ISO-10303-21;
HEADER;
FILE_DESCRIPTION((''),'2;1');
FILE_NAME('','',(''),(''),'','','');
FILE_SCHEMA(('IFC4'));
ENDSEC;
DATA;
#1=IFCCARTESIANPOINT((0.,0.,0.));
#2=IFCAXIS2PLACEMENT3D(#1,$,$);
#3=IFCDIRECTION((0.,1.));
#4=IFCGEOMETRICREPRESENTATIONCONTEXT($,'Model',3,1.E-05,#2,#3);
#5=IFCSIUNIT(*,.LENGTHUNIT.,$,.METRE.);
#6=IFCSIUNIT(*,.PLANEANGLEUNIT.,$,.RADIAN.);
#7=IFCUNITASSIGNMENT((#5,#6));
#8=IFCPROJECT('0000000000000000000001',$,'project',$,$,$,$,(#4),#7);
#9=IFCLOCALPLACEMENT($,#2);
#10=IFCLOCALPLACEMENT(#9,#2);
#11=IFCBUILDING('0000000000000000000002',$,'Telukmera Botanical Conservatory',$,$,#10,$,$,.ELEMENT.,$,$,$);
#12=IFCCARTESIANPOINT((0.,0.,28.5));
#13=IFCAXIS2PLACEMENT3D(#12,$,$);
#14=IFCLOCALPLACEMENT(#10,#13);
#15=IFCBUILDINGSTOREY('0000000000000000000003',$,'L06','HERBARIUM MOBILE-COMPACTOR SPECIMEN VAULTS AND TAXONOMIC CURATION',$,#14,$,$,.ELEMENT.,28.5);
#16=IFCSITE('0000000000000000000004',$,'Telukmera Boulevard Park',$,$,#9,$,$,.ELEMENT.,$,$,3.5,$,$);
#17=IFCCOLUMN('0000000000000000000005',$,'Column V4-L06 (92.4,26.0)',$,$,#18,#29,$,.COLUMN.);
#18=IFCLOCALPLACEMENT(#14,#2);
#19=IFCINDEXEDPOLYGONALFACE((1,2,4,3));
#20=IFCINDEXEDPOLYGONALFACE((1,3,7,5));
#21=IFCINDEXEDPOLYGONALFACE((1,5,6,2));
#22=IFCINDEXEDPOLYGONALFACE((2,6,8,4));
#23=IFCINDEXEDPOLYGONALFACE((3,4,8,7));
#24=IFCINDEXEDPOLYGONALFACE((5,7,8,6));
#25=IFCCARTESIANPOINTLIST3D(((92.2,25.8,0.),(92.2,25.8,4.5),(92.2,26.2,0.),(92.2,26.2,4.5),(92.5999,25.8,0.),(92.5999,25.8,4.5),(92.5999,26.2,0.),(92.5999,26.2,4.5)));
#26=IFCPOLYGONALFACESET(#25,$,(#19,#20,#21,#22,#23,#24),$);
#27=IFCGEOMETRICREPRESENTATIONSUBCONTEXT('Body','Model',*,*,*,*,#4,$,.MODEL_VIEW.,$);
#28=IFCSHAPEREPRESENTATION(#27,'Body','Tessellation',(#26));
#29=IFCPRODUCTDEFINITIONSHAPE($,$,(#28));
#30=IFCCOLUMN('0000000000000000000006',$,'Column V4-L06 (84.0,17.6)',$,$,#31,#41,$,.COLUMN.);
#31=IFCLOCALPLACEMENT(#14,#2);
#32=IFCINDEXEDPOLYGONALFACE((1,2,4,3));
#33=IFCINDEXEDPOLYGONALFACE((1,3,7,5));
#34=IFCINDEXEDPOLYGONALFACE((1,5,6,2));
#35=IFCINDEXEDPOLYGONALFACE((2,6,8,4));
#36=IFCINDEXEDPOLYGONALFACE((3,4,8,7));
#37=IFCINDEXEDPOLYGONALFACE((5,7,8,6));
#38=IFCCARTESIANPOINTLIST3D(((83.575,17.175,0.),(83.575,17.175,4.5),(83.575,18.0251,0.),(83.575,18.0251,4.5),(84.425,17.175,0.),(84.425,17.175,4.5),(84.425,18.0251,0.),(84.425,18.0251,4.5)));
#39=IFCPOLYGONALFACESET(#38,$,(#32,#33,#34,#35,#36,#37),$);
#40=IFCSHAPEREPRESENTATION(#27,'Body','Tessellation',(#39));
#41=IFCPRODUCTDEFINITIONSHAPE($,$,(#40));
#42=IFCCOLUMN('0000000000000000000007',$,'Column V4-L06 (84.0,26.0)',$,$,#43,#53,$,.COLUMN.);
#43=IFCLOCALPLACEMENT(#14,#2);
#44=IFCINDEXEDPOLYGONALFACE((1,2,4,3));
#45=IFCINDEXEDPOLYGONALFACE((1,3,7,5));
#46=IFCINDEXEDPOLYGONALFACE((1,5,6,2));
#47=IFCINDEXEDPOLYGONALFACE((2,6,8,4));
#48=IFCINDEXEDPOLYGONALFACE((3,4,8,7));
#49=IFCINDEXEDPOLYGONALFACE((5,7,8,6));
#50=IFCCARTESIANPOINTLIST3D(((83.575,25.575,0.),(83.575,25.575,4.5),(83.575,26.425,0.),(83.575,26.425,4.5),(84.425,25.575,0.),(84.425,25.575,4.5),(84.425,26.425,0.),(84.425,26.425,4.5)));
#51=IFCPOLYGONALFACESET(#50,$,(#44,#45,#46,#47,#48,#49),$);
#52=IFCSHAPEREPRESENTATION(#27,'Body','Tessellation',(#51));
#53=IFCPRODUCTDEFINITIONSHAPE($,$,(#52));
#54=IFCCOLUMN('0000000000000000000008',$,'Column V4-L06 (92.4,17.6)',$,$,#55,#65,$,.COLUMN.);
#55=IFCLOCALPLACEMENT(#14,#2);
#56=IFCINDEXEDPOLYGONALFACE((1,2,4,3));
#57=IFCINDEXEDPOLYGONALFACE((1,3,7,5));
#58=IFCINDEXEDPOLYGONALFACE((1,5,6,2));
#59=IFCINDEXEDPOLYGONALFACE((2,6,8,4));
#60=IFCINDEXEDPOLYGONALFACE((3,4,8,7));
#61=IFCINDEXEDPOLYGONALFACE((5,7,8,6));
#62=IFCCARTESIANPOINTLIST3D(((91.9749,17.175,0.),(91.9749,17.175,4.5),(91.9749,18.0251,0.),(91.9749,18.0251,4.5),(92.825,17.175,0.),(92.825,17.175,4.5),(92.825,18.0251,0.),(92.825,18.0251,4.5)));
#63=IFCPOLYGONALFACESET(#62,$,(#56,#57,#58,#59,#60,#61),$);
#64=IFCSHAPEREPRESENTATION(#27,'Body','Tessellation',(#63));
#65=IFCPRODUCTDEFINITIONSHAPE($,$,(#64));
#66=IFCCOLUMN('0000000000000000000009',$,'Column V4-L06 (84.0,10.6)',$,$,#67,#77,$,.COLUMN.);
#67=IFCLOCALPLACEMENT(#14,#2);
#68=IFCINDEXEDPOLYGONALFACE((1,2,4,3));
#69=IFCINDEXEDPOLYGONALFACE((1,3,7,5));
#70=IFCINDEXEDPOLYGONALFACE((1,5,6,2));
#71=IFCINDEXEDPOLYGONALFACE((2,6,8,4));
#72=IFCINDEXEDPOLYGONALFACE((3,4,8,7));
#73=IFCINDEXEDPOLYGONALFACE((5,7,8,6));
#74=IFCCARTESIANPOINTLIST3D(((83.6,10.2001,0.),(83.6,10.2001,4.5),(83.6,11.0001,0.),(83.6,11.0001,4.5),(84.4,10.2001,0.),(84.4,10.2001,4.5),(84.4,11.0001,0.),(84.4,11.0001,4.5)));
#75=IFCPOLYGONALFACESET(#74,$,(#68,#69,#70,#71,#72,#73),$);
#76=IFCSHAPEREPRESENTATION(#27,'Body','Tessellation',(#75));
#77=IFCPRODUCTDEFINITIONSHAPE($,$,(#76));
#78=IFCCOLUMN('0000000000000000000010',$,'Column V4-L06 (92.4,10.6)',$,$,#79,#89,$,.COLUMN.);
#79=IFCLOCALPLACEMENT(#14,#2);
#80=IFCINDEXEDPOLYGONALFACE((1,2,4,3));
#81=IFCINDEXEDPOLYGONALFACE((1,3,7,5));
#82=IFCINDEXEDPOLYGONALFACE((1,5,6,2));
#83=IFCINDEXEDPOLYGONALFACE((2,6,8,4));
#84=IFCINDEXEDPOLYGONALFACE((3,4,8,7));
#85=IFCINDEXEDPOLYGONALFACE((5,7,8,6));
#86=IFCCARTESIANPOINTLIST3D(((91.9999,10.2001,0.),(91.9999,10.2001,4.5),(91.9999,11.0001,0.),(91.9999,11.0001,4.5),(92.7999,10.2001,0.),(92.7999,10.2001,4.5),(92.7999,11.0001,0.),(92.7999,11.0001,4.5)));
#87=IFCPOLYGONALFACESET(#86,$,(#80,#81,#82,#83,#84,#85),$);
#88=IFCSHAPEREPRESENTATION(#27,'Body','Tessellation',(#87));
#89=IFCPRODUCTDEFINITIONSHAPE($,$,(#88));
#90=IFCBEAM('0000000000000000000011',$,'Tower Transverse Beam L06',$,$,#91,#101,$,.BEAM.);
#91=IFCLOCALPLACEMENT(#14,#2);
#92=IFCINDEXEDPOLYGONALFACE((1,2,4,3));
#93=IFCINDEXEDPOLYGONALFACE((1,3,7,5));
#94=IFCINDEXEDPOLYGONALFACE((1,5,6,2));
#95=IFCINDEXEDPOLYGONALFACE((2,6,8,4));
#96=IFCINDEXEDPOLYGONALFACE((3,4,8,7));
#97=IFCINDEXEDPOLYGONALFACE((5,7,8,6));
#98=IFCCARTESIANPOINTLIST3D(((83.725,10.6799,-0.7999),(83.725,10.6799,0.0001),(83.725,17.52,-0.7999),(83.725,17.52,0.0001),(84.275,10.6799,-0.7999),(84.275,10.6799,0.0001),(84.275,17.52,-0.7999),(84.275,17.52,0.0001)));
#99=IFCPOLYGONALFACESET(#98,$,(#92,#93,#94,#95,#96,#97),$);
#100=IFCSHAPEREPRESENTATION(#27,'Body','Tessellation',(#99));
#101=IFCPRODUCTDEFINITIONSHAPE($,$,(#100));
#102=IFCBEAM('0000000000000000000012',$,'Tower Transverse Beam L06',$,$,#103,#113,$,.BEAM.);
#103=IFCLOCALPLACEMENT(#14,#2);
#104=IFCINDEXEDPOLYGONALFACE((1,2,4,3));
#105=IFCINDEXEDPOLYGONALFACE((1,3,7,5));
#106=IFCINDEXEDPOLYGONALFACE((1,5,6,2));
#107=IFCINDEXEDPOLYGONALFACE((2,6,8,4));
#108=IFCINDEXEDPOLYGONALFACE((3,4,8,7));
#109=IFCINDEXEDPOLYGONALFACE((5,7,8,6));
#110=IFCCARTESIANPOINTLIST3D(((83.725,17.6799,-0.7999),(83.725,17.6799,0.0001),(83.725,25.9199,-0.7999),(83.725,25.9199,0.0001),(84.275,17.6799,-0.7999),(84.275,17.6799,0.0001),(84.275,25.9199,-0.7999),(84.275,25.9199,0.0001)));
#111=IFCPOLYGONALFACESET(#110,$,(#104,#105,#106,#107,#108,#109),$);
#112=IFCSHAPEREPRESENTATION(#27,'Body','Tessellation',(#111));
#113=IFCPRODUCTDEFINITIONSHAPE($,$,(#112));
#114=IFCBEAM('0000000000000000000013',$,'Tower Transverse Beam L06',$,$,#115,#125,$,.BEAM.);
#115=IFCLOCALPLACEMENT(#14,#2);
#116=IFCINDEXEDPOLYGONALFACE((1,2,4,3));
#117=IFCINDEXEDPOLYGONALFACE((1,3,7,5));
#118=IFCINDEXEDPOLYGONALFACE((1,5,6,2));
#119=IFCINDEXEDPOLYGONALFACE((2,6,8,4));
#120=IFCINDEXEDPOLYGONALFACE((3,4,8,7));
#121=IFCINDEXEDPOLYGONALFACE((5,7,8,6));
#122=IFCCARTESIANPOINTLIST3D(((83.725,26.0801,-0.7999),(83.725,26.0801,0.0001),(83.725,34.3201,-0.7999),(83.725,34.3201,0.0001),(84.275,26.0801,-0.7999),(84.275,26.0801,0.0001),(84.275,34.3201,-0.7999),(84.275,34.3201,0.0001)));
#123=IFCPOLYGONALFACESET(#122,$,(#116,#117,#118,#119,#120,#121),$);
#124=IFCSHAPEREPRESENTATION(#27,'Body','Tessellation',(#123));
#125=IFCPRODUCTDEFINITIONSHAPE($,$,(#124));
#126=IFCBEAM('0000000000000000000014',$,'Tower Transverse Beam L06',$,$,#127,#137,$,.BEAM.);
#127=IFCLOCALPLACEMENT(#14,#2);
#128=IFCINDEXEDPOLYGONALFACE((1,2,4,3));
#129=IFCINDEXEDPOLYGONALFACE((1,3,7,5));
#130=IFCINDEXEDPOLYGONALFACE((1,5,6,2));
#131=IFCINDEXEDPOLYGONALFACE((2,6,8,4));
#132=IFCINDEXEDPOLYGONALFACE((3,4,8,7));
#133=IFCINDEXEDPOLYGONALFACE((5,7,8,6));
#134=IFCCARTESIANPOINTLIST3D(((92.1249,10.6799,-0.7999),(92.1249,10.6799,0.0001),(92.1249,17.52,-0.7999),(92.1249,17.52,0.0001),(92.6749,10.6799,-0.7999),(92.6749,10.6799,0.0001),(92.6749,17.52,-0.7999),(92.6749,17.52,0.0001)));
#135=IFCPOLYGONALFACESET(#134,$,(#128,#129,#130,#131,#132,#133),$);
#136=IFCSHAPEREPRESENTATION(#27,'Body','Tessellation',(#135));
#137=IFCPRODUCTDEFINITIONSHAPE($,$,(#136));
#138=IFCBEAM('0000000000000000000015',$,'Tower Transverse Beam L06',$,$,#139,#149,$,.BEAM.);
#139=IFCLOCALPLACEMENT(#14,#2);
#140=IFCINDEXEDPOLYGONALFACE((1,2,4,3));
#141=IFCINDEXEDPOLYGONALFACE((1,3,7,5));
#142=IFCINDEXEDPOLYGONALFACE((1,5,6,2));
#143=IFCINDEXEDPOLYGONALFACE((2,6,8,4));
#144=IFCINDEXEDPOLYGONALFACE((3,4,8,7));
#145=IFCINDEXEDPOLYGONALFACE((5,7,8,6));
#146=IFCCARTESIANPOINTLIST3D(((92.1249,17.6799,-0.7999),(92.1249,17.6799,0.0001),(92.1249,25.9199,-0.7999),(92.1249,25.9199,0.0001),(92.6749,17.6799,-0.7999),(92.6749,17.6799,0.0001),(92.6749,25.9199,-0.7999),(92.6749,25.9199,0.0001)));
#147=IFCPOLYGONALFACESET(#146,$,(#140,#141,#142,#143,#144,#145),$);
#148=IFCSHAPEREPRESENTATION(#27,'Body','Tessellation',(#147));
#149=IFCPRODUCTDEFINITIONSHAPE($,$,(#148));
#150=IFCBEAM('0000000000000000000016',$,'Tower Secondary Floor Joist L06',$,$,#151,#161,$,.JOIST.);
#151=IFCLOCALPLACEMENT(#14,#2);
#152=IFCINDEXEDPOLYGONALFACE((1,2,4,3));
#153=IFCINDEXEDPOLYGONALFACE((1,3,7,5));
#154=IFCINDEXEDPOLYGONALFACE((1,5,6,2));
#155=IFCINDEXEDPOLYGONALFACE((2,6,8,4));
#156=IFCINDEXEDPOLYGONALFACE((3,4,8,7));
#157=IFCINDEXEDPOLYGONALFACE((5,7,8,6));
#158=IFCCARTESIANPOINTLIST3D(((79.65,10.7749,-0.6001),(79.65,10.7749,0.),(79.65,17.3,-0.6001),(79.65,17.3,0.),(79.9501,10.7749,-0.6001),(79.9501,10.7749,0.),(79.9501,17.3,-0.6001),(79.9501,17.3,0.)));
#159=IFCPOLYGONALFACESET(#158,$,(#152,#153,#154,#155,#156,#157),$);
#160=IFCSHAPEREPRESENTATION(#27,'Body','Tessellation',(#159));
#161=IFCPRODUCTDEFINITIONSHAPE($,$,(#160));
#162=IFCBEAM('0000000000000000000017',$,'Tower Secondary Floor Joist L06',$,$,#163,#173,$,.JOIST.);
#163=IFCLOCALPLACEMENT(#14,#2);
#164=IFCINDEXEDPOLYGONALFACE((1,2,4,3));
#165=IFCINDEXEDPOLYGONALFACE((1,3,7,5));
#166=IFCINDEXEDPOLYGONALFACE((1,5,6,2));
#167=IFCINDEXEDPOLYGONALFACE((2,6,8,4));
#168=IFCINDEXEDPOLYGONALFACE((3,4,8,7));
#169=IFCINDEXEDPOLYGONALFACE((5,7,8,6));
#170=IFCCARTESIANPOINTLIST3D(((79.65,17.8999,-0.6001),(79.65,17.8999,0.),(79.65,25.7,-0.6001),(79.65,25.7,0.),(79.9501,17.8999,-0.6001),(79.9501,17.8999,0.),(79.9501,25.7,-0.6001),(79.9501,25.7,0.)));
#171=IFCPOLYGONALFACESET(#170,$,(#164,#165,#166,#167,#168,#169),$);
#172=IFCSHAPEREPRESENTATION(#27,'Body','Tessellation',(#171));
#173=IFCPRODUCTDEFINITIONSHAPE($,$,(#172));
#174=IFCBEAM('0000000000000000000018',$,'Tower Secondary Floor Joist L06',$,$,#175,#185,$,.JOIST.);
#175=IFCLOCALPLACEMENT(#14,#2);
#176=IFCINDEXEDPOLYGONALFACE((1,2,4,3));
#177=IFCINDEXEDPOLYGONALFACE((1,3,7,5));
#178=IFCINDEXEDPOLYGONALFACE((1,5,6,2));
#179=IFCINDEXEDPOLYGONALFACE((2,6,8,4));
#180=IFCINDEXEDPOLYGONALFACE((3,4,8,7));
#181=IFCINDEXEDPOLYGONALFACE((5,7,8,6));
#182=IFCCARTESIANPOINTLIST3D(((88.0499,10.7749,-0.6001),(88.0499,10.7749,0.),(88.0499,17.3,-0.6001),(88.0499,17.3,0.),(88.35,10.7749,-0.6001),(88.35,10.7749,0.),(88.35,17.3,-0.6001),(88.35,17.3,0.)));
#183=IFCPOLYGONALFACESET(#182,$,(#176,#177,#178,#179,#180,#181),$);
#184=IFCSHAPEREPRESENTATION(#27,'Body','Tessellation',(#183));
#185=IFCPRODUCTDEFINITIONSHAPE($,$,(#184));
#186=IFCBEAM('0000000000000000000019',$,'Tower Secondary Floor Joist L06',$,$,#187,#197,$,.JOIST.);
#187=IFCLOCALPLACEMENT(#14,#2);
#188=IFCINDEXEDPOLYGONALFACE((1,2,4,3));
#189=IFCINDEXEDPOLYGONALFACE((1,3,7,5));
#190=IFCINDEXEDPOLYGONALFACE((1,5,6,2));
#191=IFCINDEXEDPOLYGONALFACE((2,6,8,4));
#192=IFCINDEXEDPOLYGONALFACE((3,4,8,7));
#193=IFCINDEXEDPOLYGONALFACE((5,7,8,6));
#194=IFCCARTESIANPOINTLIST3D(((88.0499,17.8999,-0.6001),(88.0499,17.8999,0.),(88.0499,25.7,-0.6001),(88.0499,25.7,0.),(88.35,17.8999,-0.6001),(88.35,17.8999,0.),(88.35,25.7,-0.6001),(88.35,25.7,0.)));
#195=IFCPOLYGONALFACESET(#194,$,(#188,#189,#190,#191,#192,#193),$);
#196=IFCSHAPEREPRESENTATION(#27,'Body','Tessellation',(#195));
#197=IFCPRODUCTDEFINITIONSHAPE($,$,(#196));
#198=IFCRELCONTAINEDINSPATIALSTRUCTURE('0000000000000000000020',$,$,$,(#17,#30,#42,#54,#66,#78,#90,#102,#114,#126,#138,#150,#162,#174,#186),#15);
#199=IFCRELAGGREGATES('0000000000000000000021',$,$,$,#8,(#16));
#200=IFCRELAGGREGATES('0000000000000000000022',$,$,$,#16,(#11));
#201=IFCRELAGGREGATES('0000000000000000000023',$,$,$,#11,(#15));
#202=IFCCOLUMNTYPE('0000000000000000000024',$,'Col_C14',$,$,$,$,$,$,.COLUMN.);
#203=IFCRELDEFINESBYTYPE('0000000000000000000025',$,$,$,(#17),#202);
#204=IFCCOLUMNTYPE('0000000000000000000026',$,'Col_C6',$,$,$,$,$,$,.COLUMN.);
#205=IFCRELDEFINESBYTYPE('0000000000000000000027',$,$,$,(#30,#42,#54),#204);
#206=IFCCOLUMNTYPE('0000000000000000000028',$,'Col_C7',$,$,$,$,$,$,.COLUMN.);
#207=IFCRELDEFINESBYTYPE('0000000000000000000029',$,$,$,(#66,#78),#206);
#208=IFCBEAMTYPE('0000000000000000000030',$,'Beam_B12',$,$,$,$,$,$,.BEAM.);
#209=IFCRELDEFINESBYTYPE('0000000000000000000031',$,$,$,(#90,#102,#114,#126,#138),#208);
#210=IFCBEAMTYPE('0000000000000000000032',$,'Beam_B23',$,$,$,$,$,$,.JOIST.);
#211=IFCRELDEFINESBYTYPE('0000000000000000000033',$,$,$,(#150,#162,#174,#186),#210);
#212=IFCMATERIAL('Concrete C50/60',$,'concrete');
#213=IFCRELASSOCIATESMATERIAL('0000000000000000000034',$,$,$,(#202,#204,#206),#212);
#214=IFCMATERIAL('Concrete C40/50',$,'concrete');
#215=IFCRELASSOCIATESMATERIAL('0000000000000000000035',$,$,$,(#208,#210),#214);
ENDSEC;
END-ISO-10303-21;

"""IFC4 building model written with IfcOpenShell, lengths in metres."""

from ifc_helpers import new_model, si_unit, direction, frame, origin, origin_2d, place, context, subcontext, project, spatial, rectangle, extrude, material, material_profile, profile_set, type_object, element, save


model = new_model("IFC4")

# Units and contexts
model_context = context("Model", 3, precision=1e-05, world=origin(), true_north=direction((0.0, 1.0)))
body_context = subcontext(model_context, "Body", "Model", "MODEL_VIEW")
ifc_project = project(units=[si_unit("LENGTHUNIT", "METRE"), si_unit("PLANEANGLEUNIT", "RADIAN")], contexts=[model_context])

# Site, building, storey
site_placement = place(None, origin())
site = spatial("IfcSite", under=ifc_project, at=site_placement, Name="Telukmera Boulevard Park", CompositionType="ELEMENT", RefElevation=3.5)
building_placement = place(site_placement, origin())
building = spatial("IfcBuilding", under=site, at=building_placement, Name="Telukmera Botanical Conservatory", CompositionType="ELEMENT")
storey_placement = place(building_placement, frame((0.0, 0.0, 28.5)))
storey = spatial("IfcBuildingStorey", under=building, at=storey_placement, Name="L06", Description="HERBARIUM MOBILE-COMPACTOR SPECIMEN VAULTS AND TAXONOMIC CURATION", CompositionType="ELEMENT", Elevation=28.5)

# Columns
ifc_material_1 = material(Name="Concrete C50/60", Category="concrete")
ifc_material_profile_1 = material_profile(ifc_material_1, rectangle(XDim=0.3999, YDim=0.3999, at=origin_2d()), Name="RC 400x400")
ifc_profile_set_1 = profile_set([ifc_material_profile_1], Name="Concrete C50/60")
column_type_1 = type_object("IfcColumnType", Name="Col_C14", PredefinedType="COLUMN", material=ifc_profile_set_1)
column_placement = place(storey_placement, frame((92.3999, 26.0, 0.0), z_axis=(0.0, 0.0, 1.0), x_axis=(1.0, 0.0, 0.0)))
element("IfcColumn", 1, at=column_placement, inside=storey, type_object=column_type_1, Name="Column V4-L06 (92.4,26.0)", PredefinedType="COLUMN", context=body_context, shape_type="SweptSolid", body=[
    extrude(rectangle(XDim=0.3999, YDim=0.3999, at=origin_2d()), origin(), (0.0, 0.0, 1.0), 4.5),
])
ifc_material_profile_2 = material_profile(ifc_material_1, rectangle(XDim=0.8501, YDim=0.8501, at=origin_2d()), Name="RC 850x850")
ifc_profile_set_2 = profile_set([ifc_material_profile_2], Name="Concrete C50/60")
column_type_2 = type_object("IfcColumnType", Name="Col_C6", PredefinedType="COLUMN", material=ifc_profile_set_2)
for number, where, z_axis, x_axis, name in (
    (2, (84.0, 17.6001, 0.0), (0.0, 0.0, 1.0), (1.0, 0.0, 0.0), "Column V4-L06 (84.0,17.6)"),
    (3, (84.0, 26.0, 0.0), (0.0, 0.0, 1.0), (1.0, 0.0, 0.0), "Column V4-L06 (84.0,26.0)"),
    (4, (92.3999, 17.6001, 0.0), (0.0, 0.0, 1.0), (1.0, 0.0, 0.0), "Column V4-L06 (92.4,17.6)"),
):
    element("IfcColumn", number, at=place(storey_placement, frame(where, z_axis=z_axis, x_axis=x_axis)), inside=storey, type_object=column_type_2, Name=name, PredefinedType="COLUMN", context=body_context, shape_type="SweptSolid", body=[
        extrude(rectangle(XDim=0.8501, YDim=0.8501, at=origin_2d()), origin(), (0.0, 0.0, 1.0), 4.5),
    ])
ifc_material_profile_3 = material_profile(ifc_material_1, rectangle(XDim=0.8, YDim=0.8, at=origin_2d()), Name="RC 800x800")
ifc_profile_set_3 = profile_set([ifc_material_profile_3], Name="Concrete C50/60")
column_type_3 = type_object("IfcColumnType", Name="Col_C7", PredefinedType="COLUMN", material=ifc_profile_set_3)
for number, where, z_axis, x_axis, name in (
    (5, (84.0, 10.6001, 0.0), (0.0, 0.0, 1.0), (1.0, 0.0, 0.0), "Column V4-L06 (84.0,10.6)"),
    (6, (92.3999, 10.6001, 0.0), (0.0, 0.0, 1.0), (1.0, 0.0, 0.0), "Column V4-L06 (92.4,10.6)"),
):
    element("IfcColumn", number, at=place(storey_placement, frame(where, z_axis=z_axis, x_axis=x_axis)), inside=storey, type_object=column_type_3, Name=name, PredefinedType="COLUMN", context=body_context, shape_type="SweptSolid", body=[
        extrude(rectangle(XDim=0.8, YDim=0.8, at=origin_2d()), origin(), (0.0, 0.0, 1.0), 4.5),
    ])

# Beams
ifc_material_2 = material(Name="Concrete C40/50", Category="concrete")
ifc_material_profile_4 = material_profile(ifc_material_2, rectangle(XDim=0.55, YDim=0.8, at=origin_2d()), Name="RC 550x800")
ifc_profile_set_4 = profile_set([ifc_material_profile_4], Name="Concrete C40/50")
beam_type_1 = type_object("IfcBeamType", Name="Beam_B12", PredefinedType="BEAM", material=ifc_profile_set_4)
beam_1_placement = place(storey_placement, frame((84.0, 10.6799, -0.3999), z_axis=(0.0, 1.0, 0.0), x_axis=(-1.0, 0.0, 0.0)))
element("IfcBeam", 7, at=beam_1_placement, inside=storey, type_object=beam_type_1, Name="Tower Transverse Beam L06", PredefinedType="BEAM", context=body_context, shape_type="SweptSolid", body=[
    extrude(rectangle(XDim=0.55, YDim=0.8, at=origin_2d()), origin(), (0.0, 0.0, 1.0), 6.8401),
])
for number, where, z_axis, x_axis, name in (
    (8, (84.0, 17.6799, -0.3999), (0.0, 1.0, 0.0), (-1.0, 0.0, 0.0), "Tower Transverse Beam L06"),
    (9, (84.0, 26.0801, -0.3999), (0.0, 1.0, 0.0), (-1.0, 0.0, 0.0), "Tower Transverse Beam L06"),
):
    element("IfcBeam", number, at=place(storey_placement, frame(where, z_axis=z_axis, x_axis=x_axis)), inside=storey, type_object=beam_type_1, Name=name, PredefinedType="BEAM", context=body_context, shape_type="SweptSolid", body=[
        extrude(rectangle(XDim=0.55, YDim=0.8, at=origin_2d()), origin(), (0.0, 0.0, 1.0), 8.24),
    ])
beam_2_placement = place(storey_placement, frame((92.3999, 10.6799, -0.3999), z_axis=(0.0, 1.0, 0.0), x_axis=(-1.0, 0.0, 0.0)))
element("IfcBeam", 10, at=beam_2_placement, inside=storey, type_object=beam_type_1, Name="Tower Transverse Beam L06", PredefinedType="BEAM", context=body_context, shape_type="SweptSolid", body=[
    extrude(rectangle(XDim=0.55, YDim=0.8, at=origin_2d()), origin(), (0.0, 0.0, 1.0), 6.8401),
])
beam_3_placement = place(storey_placement, frame((92.3999, 17.6799, -0.3999), z_axis=(0.0, 1.0, 0.0), x_axis=(-1.0, 0.0, 0.0)))
element("IfcBeam", 11, at=beam_3_placement, inside=storey, type_object=beam_type_1, Name="Tower Transverse Beam L06", PredefinedType="BEAM", context=body_context, shape_type="SweptSolid", body=[
    extrude(rectangle(XDim=0.55, YDim=0.8, at=origin_2d()), origin(), (0.0, 0.0, 1.0), 8.24),
])
ifc_material_profile_5 = material_profile(ifc_material_2, rectangle(XDim=0.3, YDim=0.6001, at=origin_2d()), Name="RC 300x600")
ifc_profile_set_5 = profile_set([ifc_material_profile_5], Name="Concrete C40/50")
beam_type_2 = type_object("IfcBeamType", Name="Beam_B23", PredefinedType="JOIST", material=ifc_profile_set_5)
beam_4_placement = place(storey_placement, frame((79.8, 10.7749, -0.3), z_axis=(0.0, 1.0, 0.0), x_axis=(-1.0, 0.0, 0.0)))
element("IfcBeam", 12, at=beam_4_placement, inside=storey, type_object=beam_type_2, Name="Tower Secondary Floor Joist L06", PredefinedType="JOIST", context=body_context, shape_type="SweptSolid", body=[
    extrude(rectangle(XDim=0.3, YDim=0.6001, at=origin_2d()), origin(), (0.0, 0.0, 1.0), 6.5251),
])
beam_5_placement = place(storey_placement, frame((79.8, 17.8999, -0.3), z_axis=(0.0, 1.0, 0.0), x_axis=(-1.0, 0.0, 0.0)))
element("IfcBeam", 13, at=beam_5_placement, inside=storey, type_object=beam_type_2, Name="Tower Secondary Floor Joist L06", PredefinedType="JOIST", context=body_context, shape_type="SweptSolid", body=[
    extrude(rectangle(XDim=0.3, YDim=0.6001, at=origin_2d()), origin(), (0.0, 0.0, 1.0), 7.8),
])
beam_6_placement = place(storey_placement, frame((88.2, 10.7749, -0.3), z_axis=(0.0, 1.0, 0.0), x_axis=(-1.0, 0.0, 0.0)))
element("IfcBeam", 14, at=beam_6_placement, inside=storey, type_object=beam_type_2, Name="Tower Secondary Floor Joist L06", PredefinedType="JOIST", context=body_context, shape_type="SweptSolid", body=[
    extrude(rectangle(XDim=0.3, YDim=0.6001, at=origin_2d()), origin(), (0.0, 0.0, 1.0), 6.5251),
])
for number, where, z_axis, x_axis, name in (
    (15, (88.2, 17.8999, -0.3), (0.0, 1.0, 0.0), (-1.0, 0.0, 0.0), "Tower Secondary Floor Joist L06"),
):
    element("IfcBeam", number, at=place(storey_placement, frame(where, z_axis=z_axis, x_axis=x_axis)), inside=storey, type_object=beam_type_2, Name=name, PredefinedType="JOIST", context=body_context, shape_type="SweptSolid", body=[
        extrude(rectangle(XDim=0.3, YDim=0.6001, at=origin_2d()), origin(), (0.0, 0.0, 1.0), 7.8),
    ])

save(model, "model.ifc")
